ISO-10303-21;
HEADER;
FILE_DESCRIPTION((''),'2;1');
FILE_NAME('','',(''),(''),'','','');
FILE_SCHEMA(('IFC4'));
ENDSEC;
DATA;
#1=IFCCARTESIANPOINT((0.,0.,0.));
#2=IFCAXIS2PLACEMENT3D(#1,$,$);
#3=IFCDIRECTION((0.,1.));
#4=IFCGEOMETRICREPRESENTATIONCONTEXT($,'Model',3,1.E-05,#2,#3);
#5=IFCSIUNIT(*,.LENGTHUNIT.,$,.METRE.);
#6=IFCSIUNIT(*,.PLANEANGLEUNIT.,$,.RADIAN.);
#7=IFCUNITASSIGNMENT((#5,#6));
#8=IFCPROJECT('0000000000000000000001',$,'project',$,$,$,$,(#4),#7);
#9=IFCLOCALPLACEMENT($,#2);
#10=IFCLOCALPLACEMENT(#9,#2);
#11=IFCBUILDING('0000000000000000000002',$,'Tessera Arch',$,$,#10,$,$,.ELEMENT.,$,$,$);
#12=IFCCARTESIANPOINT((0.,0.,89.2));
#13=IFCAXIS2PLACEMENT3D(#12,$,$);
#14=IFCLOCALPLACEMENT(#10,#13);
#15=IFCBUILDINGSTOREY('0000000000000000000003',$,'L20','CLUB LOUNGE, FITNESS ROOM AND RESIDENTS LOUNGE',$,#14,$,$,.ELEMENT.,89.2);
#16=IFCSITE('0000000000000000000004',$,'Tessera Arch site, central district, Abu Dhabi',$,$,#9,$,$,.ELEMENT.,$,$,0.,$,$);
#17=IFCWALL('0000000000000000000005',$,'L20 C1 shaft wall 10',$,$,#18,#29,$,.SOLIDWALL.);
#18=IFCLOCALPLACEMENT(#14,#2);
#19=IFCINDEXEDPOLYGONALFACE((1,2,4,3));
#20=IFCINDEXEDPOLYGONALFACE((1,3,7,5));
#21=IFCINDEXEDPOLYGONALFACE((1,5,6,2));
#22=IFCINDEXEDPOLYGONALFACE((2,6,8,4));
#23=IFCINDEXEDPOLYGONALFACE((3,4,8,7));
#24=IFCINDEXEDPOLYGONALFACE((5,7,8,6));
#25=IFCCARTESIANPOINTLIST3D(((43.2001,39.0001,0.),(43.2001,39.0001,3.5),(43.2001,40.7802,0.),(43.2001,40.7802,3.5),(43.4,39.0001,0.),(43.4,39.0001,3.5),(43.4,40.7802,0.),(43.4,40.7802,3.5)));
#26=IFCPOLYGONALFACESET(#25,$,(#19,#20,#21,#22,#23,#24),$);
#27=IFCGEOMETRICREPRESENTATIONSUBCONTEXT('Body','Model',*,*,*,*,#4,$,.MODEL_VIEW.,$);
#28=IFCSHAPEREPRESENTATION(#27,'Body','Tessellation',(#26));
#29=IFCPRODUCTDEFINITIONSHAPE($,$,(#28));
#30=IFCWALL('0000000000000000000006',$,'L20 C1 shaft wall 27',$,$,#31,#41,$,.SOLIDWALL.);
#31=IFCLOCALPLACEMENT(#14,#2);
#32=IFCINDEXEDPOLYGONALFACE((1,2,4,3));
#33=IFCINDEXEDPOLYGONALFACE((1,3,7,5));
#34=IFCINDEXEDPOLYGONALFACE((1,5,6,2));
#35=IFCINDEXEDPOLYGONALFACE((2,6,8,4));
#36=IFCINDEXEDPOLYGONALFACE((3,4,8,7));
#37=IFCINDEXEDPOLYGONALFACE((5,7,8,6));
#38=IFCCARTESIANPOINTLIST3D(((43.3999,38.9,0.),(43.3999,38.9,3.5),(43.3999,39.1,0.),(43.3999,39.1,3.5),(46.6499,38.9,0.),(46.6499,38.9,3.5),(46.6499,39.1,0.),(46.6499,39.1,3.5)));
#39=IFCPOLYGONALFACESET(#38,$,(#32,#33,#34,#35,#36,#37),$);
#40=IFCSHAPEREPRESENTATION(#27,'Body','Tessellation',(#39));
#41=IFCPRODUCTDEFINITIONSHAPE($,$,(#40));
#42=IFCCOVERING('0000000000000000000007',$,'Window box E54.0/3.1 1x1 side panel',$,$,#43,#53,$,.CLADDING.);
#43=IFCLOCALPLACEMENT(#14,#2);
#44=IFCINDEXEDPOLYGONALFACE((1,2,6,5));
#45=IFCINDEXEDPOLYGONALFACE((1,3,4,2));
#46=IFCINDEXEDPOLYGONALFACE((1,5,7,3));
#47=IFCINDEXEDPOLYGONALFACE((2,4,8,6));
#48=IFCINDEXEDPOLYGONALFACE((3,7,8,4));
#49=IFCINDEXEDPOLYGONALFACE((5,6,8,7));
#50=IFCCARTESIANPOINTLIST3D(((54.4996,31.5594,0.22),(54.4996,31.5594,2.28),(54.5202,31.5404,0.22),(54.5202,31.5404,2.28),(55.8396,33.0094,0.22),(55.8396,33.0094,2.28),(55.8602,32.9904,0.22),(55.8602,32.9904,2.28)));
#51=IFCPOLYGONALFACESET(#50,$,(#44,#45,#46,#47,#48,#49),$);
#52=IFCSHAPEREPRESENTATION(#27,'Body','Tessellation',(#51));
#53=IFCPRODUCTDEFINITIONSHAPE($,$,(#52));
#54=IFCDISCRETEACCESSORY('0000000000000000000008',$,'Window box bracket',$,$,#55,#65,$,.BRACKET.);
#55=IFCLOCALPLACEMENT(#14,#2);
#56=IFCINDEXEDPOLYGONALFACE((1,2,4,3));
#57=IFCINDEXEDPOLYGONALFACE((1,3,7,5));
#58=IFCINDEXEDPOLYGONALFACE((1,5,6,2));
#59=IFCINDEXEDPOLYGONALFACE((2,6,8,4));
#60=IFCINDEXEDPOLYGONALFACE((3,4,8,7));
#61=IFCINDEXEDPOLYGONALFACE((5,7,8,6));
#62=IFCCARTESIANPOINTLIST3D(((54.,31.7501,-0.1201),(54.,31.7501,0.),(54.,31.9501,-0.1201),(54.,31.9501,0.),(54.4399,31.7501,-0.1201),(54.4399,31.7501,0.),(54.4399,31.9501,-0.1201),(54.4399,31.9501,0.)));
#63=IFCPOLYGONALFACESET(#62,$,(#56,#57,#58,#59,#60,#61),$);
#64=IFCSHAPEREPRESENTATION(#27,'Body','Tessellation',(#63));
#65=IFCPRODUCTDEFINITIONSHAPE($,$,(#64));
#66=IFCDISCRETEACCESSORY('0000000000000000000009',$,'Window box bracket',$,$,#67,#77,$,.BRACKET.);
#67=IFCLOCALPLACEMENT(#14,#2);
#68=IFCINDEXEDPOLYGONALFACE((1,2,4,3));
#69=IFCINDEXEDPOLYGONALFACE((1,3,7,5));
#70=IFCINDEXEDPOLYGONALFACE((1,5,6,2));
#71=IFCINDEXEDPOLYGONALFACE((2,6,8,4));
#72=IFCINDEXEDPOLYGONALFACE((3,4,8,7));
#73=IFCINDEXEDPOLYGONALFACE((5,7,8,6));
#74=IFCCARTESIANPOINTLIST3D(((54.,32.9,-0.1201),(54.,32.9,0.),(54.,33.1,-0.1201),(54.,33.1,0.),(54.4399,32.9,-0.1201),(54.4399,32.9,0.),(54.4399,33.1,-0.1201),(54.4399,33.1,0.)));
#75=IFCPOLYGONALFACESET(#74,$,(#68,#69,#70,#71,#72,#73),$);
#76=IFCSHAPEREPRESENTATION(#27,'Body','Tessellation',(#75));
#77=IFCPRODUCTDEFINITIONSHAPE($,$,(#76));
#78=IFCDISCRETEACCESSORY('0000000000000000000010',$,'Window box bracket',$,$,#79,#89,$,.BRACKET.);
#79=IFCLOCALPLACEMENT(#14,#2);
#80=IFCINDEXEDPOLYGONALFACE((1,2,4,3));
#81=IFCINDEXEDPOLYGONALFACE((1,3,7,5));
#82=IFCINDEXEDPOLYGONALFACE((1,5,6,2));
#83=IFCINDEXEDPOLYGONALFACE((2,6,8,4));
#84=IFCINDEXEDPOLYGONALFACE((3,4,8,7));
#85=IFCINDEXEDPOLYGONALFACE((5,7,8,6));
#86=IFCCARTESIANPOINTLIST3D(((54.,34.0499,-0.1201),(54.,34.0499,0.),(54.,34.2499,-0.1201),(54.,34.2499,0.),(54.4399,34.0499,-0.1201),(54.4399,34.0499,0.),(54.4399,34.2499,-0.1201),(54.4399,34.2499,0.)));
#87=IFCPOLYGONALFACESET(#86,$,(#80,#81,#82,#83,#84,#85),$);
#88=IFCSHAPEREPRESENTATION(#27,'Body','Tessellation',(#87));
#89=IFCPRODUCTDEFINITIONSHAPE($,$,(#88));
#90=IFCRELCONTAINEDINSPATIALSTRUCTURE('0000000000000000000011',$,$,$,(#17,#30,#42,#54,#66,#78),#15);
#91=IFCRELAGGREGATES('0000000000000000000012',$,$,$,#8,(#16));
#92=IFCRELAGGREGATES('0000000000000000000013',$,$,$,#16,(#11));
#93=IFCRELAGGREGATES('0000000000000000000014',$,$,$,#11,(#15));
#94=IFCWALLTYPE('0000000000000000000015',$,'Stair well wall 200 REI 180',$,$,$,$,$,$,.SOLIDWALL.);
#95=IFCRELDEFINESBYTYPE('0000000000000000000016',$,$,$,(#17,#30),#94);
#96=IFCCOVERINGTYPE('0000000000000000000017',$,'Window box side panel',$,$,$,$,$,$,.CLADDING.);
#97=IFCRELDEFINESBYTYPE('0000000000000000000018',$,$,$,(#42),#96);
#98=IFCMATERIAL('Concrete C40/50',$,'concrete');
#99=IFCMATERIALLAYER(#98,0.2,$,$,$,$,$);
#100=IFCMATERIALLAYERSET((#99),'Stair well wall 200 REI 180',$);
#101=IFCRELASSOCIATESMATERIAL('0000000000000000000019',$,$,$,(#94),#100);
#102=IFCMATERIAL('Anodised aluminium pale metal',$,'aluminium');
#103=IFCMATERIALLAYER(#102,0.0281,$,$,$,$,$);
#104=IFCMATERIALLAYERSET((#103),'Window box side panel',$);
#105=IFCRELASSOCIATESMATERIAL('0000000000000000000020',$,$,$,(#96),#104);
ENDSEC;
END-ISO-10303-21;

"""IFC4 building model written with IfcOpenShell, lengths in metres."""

from ifc_helpers import new_model, si_unit, direction, frame, frame_2d, origin, origin_2d, place, context, subcontext, project, spatial, rectangle, extrude, material, layer, layer_set, type_object, element, save


model = new_model("IFC4")

# Units and contexts
model_context = context("Model", 3, precision=1e-05, world=origin(), true_north=direction((0.0, 1.0)))
body_context = subcontext(model_context, "Body", "Model", "MODEL_VIEW")
ifc_project = project(units=[si_unit("LENGTHUNIT", "METRE"), si_unit("PLANEANGLEUNIT", "RADIAN")], contexts=[model_context])

# Site, building, storey
site_placement = place(None, origin())
site = spatial("IfcSite", under=ifc_project, at=site_placement, Name="Tessera Arch site, central district, Abu Dhabi", CompositionType="ELEMENT", RefElevation=0.0)
building_placement = place(site_placement, origin())
building = spatial("IfcBuilding", under=site, at=building_placement, Name="Tessera Arch", CompositionType="ELEMENT")
storey_placement = place(building_placement, frame((0.0, 0.0, 89.2)))
storey = spatial("IfcBuildingStorey", under=building, at=storey_placement, Name="L20", Description="CLUB LOUNGE, FITNESS ROOM AND RESIDENTS LOUNGE", CompositionType="ELEMENT", Elevation=89.2)

# Walls
ifc_material_1 = material(Name="Concrete C40/50", Category="concrete")
ifc_layer_1 = layer(ifc_material_1, 0.2)
ifc_layer_set_1 = layer_set([ifc_layer_1], Name="Stair well wall 200 REI 180")
wall_type_1 = type_object("IfcWallType", Name="Stair well wall 200 REI 180", PredefinedType="SOLIDWALL", material=ifc_layer_set_1)
wall_1_placement = place(storey_placement, frame((43.3, 39.0, 0.0), z_axis=(0.0, 0.0, 1.0), x_axis=(0.0, 1.0, 0.0)))
element("IfcWall", 1, at=wall_1_placement, inside=storey, type_object=wall_type_1, Name="L20 C1 shaft wall 10", PredefinedType="SOLIDWALL", context=body_context, shape_type="SweptSolid", body=[
    extrude(rectangle(XDim=1.78, YDim=0.2, at=frame_2d((0.8901, 0.0))), origin(), (0.0, 0.0, 1.0), 3.5),
])
wall_2_placement = place(storey_placement, frame((43.3999, 39.0, 0.0), z_axis=(0.0, 0.0, 1.0), x_axis=(1.0, 0.0, 0.0)))
element("IfcWall", 2, at=wall_2_placement, inside=storey, type_object=wall_type_1, Name="L20 C1 shaft wall 27", PredefinedType="SOLIDWALL", context=body_context, shape_type="SweptSolid", body=[
    extrude(rectangle(XDim=3.25, YDim=0.2, at=frame_2d((1.625, 0.0))), origin(), (0.0, 0.0, 1.0), 3.5),
])

# Covering
ifc_material_2 = material(Name="Anodised aluminium pale metal", Category="aluminium")
ifc_layer_2 = layer(ifc_material_2, 0.0281)
ifc_layer_set_2 = layer_set([ifc_layer_2], Name="Window box side panel")
covering_type = type_object("IfcCoveringType", Name="Window box side panel", PredefinedType="CLADDING", material=ifc_layer_set_2)
covering_placement = place(storey_placement, frame((55.1799, 32.2749, 0.22), z_axis=(0.0, 0.0, 1.0), x_axis=(0.678701, 0.734415, 0.0)))
element("IfcCovering", 3, at=covering_placement, inside=storey, type_object=covering_type, Name="Window box E54.0/3.1 1x1 side panel", PredefinedType="CLADDING", context=body_context, shape_type="SweptSolid", body=[
    extrude(rectangle(XDim=1.9744, YDim=0.0281, at=origin_2d()), origin(), (0.0, 0.0, 1.0), 2.0601),
])

# Discrete accessories
for number, where, z_axis, x_axis, name in (
    (4, (54.22, 31.8501, -0.1201), (0.0, 0.0, 1.0), (1.0, 0.0, 0.0), "Window box bracket"),
    (5, (54.22, 33.0, -0.1201), (0.0, 0.0, 1.0), (1.0, 0.0, 0.0), "Window box bracket"),
    (6, (54.22, 34.1499, -0.1201), (0.0, 0.0, 1.0), (1.0, 0.0, 0.0), "Window box bracket"),
):
    element("IfcDiscreteAccessory", number, at=place(storey_placement, frame(where, z_axis=z_axis, x_axis=x_axis)), inside=storey, Name=name, PredefinedType="BRACKET", context=body_context, shape_type="SweptSolid", body=[
        extrude(rectangle(XDim=0.4399, YDim=0.2, at=origin_2d()), origin(), (0.0, 0.0, 1.0), 0.1201),
    ])

save(model, "model.ifc")
